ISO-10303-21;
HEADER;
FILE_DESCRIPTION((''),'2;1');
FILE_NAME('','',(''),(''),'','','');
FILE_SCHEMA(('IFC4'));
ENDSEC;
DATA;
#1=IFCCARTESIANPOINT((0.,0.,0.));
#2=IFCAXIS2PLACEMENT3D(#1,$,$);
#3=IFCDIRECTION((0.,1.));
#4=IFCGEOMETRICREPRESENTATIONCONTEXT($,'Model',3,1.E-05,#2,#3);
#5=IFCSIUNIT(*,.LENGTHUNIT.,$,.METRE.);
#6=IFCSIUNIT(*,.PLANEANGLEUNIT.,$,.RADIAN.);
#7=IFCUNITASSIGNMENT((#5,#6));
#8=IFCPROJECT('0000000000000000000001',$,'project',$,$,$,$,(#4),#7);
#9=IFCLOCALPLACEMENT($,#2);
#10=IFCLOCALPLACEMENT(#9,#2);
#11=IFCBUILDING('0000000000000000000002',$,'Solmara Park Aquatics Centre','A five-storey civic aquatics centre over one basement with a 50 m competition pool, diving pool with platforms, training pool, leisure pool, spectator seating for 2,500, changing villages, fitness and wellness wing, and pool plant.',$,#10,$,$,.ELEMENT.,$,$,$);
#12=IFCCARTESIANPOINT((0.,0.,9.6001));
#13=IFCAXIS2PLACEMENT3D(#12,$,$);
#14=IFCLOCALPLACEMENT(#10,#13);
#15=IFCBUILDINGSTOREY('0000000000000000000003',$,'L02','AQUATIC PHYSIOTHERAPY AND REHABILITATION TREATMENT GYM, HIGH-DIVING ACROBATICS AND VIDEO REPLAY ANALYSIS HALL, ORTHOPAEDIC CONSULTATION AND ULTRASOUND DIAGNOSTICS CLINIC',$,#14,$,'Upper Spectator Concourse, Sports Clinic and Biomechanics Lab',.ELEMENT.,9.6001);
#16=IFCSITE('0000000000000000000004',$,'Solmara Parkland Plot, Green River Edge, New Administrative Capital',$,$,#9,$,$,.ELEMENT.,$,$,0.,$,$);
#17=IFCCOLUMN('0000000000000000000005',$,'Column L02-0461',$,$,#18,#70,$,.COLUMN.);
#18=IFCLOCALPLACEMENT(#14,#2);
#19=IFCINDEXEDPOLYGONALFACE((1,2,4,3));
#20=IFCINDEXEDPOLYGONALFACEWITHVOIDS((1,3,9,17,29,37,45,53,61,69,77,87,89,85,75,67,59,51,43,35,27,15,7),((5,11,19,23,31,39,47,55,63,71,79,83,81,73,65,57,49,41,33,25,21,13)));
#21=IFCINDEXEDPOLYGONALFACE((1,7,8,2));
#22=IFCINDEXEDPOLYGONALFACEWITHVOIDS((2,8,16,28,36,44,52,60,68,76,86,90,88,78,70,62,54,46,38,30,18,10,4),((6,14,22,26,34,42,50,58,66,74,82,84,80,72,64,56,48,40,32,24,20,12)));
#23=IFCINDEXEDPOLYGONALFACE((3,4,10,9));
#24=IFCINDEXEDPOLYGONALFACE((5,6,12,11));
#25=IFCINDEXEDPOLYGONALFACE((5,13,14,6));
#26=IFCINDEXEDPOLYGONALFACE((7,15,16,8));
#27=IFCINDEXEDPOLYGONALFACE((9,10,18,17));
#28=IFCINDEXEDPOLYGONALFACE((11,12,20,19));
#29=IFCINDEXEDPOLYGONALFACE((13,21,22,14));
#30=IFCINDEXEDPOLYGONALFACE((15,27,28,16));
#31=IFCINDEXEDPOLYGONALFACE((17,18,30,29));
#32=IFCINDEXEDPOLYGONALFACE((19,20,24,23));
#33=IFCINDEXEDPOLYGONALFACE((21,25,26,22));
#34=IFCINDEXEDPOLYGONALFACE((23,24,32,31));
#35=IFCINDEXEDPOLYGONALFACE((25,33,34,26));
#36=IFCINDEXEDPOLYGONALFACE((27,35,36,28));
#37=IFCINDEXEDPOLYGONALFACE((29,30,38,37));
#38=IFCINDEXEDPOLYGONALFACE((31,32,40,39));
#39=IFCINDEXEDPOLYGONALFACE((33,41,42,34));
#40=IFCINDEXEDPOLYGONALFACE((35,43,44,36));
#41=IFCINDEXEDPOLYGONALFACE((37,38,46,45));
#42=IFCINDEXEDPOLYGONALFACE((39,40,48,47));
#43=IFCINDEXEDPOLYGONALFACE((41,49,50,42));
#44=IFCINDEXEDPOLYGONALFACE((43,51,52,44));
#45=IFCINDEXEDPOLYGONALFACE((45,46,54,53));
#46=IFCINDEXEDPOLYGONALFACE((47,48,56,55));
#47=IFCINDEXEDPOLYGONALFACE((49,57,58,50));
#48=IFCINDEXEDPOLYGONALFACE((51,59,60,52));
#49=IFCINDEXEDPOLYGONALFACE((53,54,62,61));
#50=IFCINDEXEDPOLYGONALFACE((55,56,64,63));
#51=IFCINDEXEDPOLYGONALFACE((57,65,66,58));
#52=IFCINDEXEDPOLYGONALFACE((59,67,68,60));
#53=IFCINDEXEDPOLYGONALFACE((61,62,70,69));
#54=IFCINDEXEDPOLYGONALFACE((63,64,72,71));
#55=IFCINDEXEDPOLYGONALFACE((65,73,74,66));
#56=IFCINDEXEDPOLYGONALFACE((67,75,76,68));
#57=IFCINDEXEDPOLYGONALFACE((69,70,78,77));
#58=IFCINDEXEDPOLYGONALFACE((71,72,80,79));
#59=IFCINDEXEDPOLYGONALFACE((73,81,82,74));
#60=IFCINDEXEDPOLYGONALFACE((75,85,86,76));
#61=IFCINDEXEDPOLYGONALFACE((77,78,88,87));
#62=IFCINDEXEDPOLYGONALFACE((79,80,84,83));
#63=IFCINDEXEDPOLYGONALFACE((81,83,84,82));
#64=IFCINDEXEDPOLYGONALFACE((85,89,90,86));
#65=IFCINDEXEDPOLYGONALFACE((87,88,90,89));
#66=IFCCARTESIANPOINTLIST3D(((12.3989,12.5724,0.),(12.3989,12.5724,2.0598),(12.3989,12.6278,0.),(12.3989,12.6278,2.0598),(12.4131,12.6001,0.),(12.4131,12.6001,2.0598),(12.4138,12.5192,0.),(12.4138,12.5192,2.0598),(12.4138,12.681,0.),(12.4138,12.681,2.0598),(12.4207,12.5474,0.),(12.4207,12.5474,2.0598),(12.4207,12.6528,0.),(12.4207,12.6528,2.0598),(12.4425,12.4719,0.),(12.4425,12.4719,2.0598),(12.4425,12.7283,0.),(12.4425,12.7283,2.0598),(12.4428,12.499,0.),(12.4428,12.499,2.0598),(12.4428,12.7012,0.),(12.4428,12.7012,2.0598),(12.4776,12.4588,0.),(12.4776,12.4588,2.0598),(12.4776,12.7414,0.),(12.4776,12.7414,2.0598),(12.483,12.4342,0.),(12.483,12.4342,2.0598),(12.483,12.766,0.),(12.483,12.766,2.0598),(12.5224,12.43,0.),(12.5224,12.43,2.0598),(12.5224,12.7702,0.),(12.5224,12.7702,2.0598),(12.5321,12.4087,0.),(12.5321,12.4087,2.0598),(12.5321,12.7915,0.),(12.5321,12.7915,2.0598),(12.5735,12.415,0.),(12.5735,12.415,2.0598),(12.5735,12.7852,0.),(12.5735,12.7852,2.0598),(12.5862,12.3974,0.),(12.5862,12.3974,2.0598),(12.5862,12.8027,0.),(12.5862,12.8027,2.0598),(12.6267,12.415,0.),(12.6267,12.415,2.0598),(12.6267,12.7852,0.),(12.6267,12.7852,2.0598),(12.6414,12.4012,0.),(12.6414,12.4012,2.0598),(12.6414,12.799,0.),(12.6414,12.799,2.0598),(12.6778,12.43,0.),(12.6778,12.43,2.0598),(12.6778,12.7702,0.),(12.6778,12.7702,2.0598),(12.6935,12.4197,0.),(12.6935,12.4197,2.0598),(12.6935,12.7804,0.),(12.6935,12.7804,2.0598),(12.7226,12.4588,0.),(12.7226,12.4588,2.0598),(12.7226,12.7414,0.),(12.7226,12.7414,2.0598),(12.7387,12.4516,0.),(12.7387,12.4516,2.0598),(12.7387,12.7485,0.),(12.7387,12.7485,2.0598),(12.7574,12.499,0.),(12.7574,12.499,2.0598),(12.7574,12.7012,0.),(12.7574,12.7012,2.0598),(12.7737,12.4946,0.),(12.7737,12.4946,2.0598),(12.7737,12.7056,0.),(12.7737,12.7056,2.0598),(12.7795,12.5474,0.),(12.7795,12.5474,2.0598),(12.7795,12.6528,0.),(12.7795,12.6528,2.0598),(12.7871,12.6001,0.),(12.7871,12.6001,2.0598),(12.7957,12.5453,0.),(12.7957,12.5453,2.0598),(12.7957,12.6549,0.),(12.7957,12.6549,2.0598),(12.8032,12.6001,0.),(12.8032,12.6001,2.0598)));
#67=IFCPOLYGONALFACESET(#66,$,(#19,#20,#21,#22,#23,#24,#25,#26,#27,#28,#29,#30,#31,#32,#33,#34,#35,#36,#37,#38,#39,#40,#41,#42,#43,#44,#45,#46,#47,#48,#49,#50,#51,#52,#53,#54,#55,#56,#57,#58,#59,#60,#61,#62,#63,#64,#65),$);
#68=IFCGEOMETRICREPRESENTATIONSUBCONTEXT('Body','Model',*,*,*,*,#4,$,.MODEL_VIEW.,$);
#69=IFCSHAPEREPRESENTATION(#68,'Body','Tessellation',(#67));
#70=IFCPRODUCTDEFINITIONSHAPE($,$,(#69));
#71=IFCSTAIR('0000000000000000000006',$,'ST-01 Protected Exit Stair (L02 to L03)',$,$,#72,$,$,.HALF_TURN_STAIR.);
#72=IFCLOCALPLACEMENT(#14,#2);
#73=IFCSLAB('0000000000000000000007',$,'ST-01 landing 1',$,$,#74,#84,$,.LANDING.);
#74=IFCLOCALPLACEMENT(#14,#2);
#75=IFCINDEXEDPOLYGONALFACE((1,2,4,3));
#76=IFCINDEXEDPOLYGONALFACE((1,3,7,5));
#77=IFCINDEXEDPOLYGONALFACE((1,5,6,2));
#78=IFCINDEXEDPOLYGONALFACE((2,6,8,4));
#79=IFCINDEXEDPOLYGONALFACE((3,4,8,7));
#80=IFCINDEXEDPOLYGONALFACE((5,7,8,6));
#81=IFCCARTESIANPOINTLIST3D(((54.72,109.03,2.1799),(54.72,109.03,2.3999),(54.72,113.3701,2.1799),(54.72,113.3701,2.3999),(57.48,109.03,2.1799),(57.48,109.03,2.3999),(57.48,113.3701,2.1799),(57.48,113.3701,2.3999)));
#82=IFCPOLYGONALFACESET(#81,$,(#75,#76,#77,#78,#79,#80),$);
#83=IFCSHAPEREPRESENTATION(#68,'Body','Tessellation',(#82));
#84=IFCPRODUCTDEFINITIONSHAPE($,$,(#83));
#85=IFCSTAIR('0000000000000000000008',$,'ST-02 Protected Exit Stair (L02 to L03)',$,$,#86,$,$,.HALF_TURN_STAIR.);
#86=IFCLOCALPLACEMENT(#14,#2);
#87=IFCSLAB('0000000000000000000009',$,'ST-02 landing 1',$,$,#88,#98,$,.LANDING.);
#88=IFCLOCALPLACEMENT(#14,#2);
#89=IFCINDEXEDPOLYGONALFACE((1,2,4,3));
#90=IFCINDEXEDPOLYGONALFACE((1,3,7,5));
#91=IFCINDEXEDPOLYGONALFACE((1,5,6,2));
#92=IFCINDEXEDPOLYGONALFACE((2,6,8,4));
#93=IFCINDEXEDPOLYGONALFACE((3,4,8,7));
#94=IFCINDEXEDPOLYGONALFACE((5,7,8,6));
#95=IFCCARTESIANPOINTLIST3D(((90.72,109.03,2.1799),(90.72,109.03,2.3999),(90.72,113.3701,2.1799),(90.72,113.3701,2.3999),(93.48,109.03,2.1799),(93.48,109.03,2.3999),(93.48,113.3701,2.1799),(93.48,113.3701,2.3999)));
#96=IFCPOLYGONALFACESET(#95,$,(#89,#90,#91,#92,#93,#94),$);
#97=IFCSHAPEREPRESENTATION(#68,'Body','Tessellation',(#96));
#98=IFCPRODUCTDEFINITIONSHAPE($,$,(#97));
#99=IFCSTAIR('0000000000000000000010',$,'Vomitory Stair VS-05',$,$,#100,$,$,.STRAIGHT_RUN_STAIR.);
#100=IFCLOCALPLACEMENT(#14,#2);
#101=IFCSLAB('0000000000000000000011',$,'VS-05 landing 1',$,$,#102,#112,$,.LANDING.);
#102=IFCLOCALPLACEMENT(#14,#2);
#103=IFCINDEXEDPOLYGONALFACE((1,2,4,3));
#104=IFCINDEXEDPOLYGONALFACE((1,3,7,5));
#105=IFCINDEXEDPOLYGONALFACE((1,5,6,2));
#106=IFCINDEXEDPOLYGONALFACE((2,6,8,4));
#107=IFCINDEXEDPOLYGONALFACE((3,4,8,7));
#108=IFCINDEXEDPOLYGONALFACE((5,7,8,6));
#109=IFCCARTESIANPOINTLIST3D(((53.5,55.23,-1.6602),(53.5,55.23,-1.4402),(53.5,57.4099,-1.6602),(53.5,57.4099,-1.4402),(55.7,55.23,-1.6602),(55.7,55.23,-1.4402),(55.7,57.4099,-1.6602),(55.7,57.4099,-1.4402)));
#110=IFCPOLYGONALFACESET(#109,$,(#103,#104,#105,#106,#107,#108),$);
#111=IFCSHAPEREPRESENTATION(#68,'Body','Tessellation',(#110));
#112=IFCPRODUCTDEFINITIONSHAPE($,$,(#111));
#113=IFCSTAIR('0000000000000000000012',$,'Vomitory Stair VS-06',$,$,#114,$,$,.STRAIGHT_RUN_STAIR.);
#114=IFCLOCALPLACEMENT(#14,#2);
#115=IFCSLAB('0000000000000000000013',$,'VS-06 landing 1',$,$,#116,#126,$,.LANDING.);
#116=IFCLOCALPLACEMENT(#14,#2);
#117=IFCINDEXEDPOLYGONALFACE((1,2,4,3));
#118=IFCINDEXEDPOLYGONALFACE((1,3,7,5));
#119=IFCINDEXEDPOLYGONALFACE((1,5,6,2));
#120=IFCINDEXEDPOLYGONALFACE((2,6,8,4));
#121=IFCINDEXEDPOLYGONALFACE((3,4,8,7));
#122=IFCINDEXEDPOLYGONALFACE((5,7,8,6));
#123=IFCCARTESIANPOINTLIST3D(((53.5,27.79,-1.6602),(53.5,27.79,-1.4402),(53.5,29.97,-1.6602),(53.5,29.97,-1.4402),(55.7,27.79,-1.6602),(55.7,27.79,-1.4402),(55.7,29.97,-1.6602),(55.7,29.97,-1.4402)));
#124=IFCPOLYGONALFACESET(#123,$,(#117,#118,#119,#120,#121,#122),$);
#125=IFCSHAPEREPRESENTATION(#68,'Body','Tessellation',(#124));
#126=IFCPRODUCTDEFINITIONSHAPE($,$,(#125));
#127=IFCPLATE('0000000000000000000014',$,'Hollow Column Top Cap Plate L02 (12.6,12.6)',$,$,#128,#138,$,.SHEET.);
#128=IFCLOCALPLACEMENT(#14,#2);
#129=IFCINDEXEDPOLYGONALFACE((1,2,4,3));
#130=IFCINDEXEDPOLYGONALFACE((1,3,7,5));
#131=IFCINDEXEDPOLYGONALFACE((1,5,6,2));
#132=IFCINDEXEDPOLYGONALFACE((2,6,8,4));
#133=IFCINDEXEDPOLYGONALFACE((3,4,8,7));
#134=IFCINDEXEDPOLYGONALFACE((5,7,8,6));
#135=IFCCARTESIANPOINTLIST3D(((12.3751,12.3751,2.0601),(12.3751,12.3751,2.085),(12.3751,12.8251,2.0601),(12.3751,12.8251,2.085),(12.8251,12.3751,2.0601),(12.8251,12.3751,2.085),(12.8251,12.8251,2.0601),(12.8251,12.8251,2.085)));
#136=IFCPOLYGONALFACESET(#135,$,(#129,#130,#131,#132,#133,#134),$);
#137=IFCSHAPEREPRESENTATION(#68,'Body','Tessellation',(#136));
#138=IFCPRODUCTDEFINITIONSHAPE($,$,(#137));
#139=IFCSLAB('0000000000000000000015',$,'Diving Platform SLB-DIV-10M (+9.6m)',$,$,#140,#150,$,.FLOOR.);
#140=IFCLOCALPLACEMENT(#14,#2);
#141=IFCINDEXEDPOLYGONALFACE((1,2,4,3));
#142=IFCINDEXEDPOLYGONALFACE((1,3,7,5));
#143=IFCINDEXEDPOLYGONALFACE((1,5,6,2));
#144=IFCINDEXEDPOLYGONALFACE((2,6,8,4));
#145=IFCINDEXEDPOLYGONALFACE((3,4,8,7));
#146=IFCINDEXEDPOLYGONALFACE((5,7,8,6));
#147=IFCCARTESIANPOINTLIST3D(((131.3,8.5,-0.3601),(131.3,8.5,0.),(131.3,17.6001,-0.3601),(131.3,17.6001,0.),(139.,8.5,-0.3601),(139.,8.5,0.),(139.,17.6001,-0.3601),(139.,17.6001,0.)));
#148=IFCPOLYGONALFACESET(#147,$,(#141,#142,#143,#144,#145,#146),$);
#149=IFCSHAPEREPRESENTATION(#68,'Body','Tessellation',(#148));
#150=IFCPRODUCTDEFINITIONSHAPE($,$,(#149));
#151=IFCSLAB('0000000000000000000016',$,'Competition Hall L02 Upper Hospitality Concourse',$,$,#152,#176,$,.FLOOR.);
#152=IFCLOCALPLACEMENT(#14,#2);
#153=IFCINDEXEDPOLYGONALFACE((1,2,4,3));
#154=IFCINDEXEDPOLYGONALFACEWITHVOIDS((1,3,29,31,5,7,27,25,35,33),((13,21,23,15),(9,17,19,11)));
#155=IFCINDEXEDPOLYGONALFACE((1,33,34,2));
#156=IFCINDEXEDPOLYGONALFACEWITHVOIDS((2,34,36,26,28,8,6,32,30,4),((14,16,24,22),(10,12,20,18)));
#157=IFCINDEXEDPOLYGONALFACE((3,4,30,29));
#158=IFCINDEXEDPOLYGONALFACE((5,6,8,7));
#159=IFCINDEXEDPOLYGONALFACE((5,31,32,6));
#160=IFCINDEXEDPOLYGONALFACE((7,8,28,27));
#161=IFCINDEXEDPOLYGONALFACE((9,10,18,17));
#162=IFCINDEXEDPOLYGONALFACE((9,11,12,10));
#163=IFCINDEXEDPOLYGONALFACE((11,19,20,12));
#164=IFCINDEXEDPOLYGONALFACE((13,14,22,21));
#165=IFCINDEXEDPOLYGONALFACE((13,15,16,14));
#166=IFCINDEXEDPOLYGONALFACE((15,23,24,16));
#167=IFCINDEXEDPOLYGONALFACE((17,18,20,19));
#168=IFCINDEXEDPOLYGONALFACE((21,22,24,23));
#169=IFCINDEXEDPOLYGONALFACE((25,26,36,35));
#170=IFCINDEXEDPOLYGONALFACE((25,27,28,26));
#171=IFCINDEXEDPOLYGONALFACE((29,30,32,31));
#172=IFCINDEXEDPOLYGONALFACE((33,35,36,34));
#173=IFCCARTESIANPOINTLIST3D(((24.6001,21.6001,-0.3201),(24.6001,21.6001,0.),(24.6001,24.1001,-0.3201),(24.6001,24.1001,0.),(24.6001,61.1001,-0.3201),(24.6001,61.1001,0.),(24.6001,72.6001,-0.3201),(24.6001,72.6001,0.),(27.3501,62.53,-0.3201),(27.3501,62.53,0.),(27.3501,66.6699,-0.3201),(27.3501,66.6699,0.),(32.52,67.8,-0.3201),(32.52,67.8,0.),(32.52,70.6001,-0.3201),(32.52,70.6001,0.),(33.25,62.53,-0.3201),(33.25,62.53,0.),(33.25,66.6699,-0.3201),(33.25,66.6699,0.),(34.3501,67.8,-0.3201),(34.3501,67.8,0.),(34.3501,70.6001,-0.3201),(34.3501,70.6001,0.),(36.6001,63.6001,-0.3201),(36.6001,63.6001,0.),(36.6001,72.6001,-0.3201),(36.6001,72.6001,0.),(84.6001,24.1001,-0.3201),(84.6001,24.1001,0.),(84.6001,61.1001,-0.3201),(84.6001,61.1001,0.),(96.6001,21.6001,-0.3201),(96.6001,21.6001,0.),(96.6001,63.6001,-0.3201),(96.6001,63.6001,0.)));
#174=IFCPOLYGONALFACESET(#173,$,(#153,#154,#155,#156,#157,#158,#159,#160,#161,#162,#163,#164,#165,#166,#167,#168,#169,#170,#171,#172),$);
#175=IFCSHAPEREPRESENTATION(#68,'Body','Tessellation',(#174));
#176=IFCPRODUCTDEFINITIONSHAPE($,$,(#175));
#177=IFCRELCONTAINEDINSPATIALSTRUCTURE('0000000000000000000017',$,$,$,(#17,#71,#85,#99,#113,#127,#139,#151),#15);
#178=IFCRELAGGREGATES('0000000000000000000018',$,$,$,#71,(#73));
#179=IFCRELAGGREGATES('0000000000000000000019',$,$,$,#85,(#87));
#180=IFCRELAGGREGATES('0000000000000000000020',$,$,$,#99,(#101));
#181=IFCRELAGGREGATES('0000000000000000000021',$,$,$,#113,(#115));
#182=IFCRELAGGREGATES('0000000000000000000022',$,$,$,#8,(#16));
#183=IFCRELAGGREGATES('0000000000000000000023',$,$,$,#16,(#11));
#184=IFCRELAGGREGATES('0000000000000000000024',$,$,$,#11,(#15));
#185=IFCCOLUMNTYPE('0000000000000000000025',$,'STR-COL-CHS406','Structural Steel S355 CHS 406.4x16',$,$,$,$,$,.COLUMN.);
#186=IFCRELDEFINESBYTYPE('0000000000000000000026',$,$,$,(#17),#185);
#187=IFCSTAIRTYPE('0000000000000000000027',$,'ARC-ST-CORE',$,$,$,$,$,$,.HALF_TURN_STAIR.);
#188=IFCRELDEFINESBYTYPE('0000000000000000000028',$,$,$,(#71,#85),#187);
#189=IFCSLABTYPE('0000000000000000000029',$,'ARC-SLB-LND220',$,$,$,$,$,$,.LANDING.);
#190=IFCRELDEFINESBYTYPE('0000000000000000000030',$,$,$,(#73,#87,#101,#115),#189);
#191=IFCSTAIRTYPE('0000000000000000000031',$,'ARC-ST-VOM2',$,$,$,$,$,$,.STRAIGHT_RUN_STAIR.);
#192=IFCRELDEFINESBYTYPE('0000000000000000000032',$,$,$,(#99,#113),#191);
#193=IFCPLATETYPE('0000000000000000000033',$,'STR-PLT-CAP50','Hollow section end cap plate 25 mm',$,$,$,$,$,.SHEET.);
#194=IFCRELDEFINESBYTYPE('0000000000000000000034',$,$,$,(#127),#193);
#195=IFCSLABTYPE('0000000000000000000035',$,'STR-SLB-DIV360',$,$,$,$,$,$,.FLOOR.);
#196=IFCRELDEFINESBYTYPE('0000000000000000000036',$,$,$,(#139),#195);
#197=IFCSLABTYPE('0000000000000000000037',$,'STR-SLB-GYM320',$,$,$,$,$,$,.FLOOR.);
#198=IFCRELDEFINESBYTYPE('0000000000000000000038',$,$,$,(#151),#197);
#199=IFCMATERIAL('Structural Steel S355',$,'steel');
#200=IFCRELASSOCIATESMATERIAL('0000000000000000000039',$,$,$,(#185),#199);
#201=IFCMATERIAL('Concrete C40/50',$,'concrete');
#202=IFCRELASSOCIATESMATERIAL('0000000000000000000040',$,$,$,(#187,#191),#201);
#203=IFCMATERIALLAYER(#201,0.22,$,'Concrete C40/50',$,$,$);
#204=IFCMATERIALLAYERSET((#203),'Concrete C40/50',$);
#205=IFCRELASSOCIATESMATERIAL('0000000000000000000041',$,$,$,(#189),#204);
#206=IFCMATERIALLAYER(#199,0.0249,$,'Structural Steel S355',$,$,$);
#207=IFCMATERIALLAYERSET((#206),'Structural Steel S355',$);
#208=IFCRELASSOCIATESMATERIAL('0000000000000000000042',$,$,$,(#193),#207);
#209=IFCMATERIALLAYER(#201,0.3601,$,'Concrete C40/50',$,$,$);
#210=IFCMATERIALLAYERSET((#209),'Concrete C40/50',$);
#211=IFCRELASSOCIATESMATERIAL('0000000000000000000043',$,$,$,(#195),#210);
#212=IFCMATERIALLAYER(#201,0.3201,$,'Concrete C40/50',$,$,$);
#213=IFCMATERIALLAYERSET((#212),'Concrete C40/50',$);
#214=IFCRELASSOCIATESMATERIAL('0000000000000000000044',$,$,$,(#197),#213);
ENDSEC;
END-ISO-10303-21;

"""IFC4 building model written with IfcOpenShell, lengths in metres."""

from ifc_helpers import new_model, si_unit, direction, frame, origin, origin_2d, place, context, subcontext, project, spatial, polyline, rectangle, hollow_circle, outline, extrude, material, layer, layer_set, material_profile, profile_set, type_object, element, aggregate, save


model = new_model("IFC4")

# Units and contexts
model_context = context("Model", 3, precision=1e-05, world=origin(), true_north=direction((0.0, 1.0)))
body_context = subcontext(model_context, "Body", "Model", "MODEL_VIEW")
ifc_project = project(units=[si_unit("LENGTHUNIT", "METRE"), si_unit("PLANEANGLEUNIT", "RADIAN")], contexts=[model_context])

# Site, building, storey
site_placement = place(None, origin())
site = spatial("IfcSite", under=ifc_project, at=site_placement, Name="Solmara Parkland Plot, Green River Edge, New Administrative Capital", CompositionType="ELEMENT", RefElevation=0.0)
building_placement = place(site_placement, origin())
building = spatial("IfcBuilding", under=site, at=building_placement, Name="Solmara Park Aquatics Centre", Description="A five-storey civic aquatics centre over one basement with a 50 m competition pool, diving pool with platforms, training pool, leisure pool, spectator seating for 2,500, changing villages, fitness and wellness wing, and pool plant.", CompositionType="ELEMENT")
storey_placement = place(building_placement, frame((0.0, 0.0, 9.6001)))
storey = spatial("IfcBuildingStorey", under=building, at=storey_placement, Name="L02", Description="AQUATIC PHYSIOTHERAPY AND REHABILITATION TREATMENT GYM, HIGH-DIVING ACROBATICS AND VIDEO REPLAY ANALYSIS HALL, ORTHOPAEDIC CONSULTATION AND ULTRASOUND DIAGNOSTICS CLINIC", LongName="Upper Spectator Concourse, Sports Clinic and Biomechanics Lab", CompositionType="ELEMENT", Elevation=9.6001)

# Column
ifc_material_1 = material(Name="Structural Steel S355", Category="steel")
ifc_material_profile = material_profile(ifc_material_1, hollow_circle(Radius=0.2031, WallThickness=0.0161, at=origin_2d()), Name="CHS 406.4x16")
ifc_profile_set = profile_set([ifc_material_profile], Name="Structural Steel S355")
column_type = type_object("IfcColumnType", Name="STR-COL-CHS406", Description="Structural Steel S355 CHS 406.4x16", PredefinedType="COLUMN", material=ifc_profile_set)
column_placement = place(storey_placement, frame((12.6001, 12.6001, 0.0), z_axis=(0.0, 0.0, 1.0), x_axis=(1.0, 0.0, 0.0)))
element("IfcColumn", 1, at=column_placement, inside=storey, type_object=column_type, Name="Column L02-0461", PredefinedType="COLUMN", context=body_context, shape_type="SweptSolid", body=[
    extrude(hollow_circle(Radius=0.2031, WallThickness=0.0161, at=origin_2d()), origin(), (0.0, 0.0, 1.0), 2.0598),
])

# Stairs, slabs
ifc_material_2 = material(Name="Concrete C40/50", Category="concrete")
stair_type_1 = type_object("IfcStairType", Name="ARC-ST-CORE", PredefinedType="HALF_TURN_STAIR", material=ifc_material_2)
stair_1_placement = place(storey_placement, origin())
stair_1 = element("IfcStair", 2, at=stair_1_placement, inside=storey, type_object=stair_type_1, Name="ST-01 Protected Exit Stair (L02 to L03)", PredefinedType="HALF_TURN_STAIR")
ifc_layer_1 = layer(ifc_material_2, 0.22, Name="Concrete C40/50")
ifc_layer_set_1 = layer_set([ifc_layer_1], Name="Concrete C40/50")
slab_type_1 = type_object("IfcSlabType", Name="ARC-SLB-LND220", PredefinedType="LANDING", material=ifc_layer_set_1)
slab_1_placement = place(storey_placement, frame((0.0, 0.0, 2.1799)))
slab_1 = element("IfcSlab", 3, at=slab_1_placement, type_object=slab_type_1, Name="ST-01 landing 1", PredefinedType="LANDING", context=body_context, shape_type="SweptSolid", body=[
    extrude(outline(polyline([(54.72, 109.03), (57.48, 109.03), (57.48, 113.3701), (54.72, 113.3701), (54.72, 109.03)])), origin(), (0.0, 0.0, 1.0), 0.22),
])
aggregate(stair_1, [slab_1])
stair_2_placement = place(storey_placement, origin())
stair_2 = element("IfcStair", 4, at=stair_2_placement, inside=storey, type_object=stair_type_1, Name="ST-02 Protected Exit Stair (L02 to L03)", PredefinedType="HALF_TURN_STAIR")
slab_2_placement = place(storey_placement, frame((0.0, 0.0, 2.1799)))
slab_2 = element("IfcSlab", 5, at=slab_2_placement, type_object=slab_type_1, Name="ST-02 landing 1", PredefinedType="LANDING", context=body_context, shape_type="SweptSolid", body=[
    extrude(outline(polyline([(90.72, 109.03), (93.48, 109.03), (93.48, 113.3701), (90.72, 113.3701), (90.72, 109.03)])), origin(), (0.0, 0.0, 1.0), 0.22),
])
aggregate(stair_2, [slab_2])
stair_type_2 = type_object("IfcStairType", Name="ARC-ST-VOM2", PredefinedType="STRAIGHT_RUN_STAIR", material=ifc_material_2)
stair_3_placement = place(storey_placement, origin())
stair_3 = element("IfcStair", 6, at=stair_3_placement, inside=storey, type_object=stair_type_2, Name="Vomitory Stair VS-05", PredefinedType="STRAIGHT_RUN_STAIR")
slab_3_placement = place(storey_placement, frame((0.0, 0.0, -1.6602)))
slab_3 = element("IfcSlab", 7, at=slab_3_placement, type_object=slab_type_1, Name="VS-05 landing 1", PredefinedType="LANDING", context=body_context, shape_type="SweptSolid", body=[
    extrude(outline(polyline([(53.5, 55.23), (55.7, 55.23), (55.7, 57.4099), (53.5, 57.4099), (53.5, 55.23)])), origin(), (0.0, 0.0, 1.0), 0.22),
])
aggregate(stair_3, [slab_3])
stair_4_placement = place(storey_placement, origin())
stair_4 = element("IfcStair", 8, at=stair_4_placement, inside=storey, type_object=stair_type_2, Name="Vomitory Stair VS-06", PredefinedType="STRAIGHT_RUN_STAIR")
slab_4_placement = place(storey_placement, frame((0.0, 0.0, -1.6602)))
slab_4 = element("IfcSlab", 9, at=slab_4_placement, type_object=slab_type_1, Name="VS-06 landing 1", PredefinedType="LANDING", context=body_context, shape_type="SweptSolid", body=[
    extrude(outline(polyline([(53.5, 27.79), (55.7, 27.79), (55.7, 29.97), (53.5, 29.97), (53.5, 27.79)])), origin(), (0.0, 0.0, 1.0), 0.22),
])
aggregate(stair_4, [slab_4])

# Plate
ifc_layer_2 = layer(ifc_material_1, 0.0249, Name="Structural Steel S355")
ifc_layer_set_2 = layer_set([ifc_layer_2], Name="Structural Steel S355")
plate_type = type_object("IfcPlateType", Name="STR-PLT-CAP50", Description="Hollow section end cap plate 25 mm", PredefinedType="SHEET", material=ifc_layer_set_2)
plate_placement = place(storey_placement, frame((12.6001, 12.6001, 2.0601), z_axis=(0.0, 0.0, 1.0), x_axis=(1.0, 0.0, 0.0)))
element("IfcPlate", 10, at=plate_placement, inside=storey, type_object=plate_type, Name="Hollow Column Top Cap Plate L02 (12.6,12.6)", PredefinedType="SHEET", context=body_context, shape_type="SweptSolid", body=[
    extrude(rectangle(XDim=0.45, YDim=0.45, at=origin_2d()), origin(), (0.0, 0.0, 1.0), 0.0249),
])

# Slabs
ifc_layer_3 = layer(ifc_material_2, 0.3601, Name="Concrete C40/50")
ifc_layer_set_3 = layer_set([ifc_layer_3], Name="Concrete C40/50")
slab_type_2 = type_object("IfcSlabType", Name="STR-SLB-DIV360", PredefinedType="FLOOR", material=ifc_layer_set_3)
slab_5_placement = place(storey_placement, frame((0.0, 0.0, -0.3601)))
element("IfcSlab", 11, at=slab_5_placement, inside=storey, type_object=slab_type_2, Name="Diving Platform SLB-DIV-10M (+9.6m)", PredefinedType="FLOOR", context=body_context, shape_type="SweptSolid", body=[
    extrude(outline(polyline([(131.3, 8.5), (139.0, 8.5), (139.0, 17.6001), (131.3, 17.6001), (131.3, 8.5)])), origin(), (0.0, 0.0, 1.0), 0.3601),
])
ifc_layer_4 = layer(ifc_material_2, 0.3201, Name="Concrete C40/50")
ifc_layer_set_4 = layer_set([ifc_layer_4], Name="Concrete C40/50")
slab_type_3 = type_object("IfcSlabType", Name="STR-SLB-GYM320", PredefinedType="FLOOR", material=ifc_layer_set_4)
slab_6_placement = place(storey_placement, frame((0.0, 0.0, -0.3201)))
element("IfcSlab", 12, at=slab_6_placement, inside=storey, type_object=slab_type_3, Name="Competition Hall L02 Upper Hospitality Concourse", PredefinedType="FLOOR", context=body_context, shape_type="SweptSolid", body=[
    extrude(outline(polyline([(24.6001, 21.6001), (96.6001, 21.6001), (96.6001, 63.6001), (36.6001, 63.6001), (36.6001, 72.6001), (24.6001, 72.6001), (24.6001, 61.1001), (84.6001, 61.1001), (84.6001, 24.1001), (24.6001, 24.1001), (24.6001, 21.6001)]), holes=[polyline([(27.3501, 62.53), (33.25, 62.53), (33.25, 66.6699), (27.3501, 66.6699), (27.3501, 62.53)]), polyline([(32.52, 67.8), (34.3501, 67.8), (34.3501, 70.6001), (32.52, 70.6001), (32.52, 67.8)])]), origin(), (0.0, 0.0, 1.0), 0.3201),
])

save(model, "model.ifc")
